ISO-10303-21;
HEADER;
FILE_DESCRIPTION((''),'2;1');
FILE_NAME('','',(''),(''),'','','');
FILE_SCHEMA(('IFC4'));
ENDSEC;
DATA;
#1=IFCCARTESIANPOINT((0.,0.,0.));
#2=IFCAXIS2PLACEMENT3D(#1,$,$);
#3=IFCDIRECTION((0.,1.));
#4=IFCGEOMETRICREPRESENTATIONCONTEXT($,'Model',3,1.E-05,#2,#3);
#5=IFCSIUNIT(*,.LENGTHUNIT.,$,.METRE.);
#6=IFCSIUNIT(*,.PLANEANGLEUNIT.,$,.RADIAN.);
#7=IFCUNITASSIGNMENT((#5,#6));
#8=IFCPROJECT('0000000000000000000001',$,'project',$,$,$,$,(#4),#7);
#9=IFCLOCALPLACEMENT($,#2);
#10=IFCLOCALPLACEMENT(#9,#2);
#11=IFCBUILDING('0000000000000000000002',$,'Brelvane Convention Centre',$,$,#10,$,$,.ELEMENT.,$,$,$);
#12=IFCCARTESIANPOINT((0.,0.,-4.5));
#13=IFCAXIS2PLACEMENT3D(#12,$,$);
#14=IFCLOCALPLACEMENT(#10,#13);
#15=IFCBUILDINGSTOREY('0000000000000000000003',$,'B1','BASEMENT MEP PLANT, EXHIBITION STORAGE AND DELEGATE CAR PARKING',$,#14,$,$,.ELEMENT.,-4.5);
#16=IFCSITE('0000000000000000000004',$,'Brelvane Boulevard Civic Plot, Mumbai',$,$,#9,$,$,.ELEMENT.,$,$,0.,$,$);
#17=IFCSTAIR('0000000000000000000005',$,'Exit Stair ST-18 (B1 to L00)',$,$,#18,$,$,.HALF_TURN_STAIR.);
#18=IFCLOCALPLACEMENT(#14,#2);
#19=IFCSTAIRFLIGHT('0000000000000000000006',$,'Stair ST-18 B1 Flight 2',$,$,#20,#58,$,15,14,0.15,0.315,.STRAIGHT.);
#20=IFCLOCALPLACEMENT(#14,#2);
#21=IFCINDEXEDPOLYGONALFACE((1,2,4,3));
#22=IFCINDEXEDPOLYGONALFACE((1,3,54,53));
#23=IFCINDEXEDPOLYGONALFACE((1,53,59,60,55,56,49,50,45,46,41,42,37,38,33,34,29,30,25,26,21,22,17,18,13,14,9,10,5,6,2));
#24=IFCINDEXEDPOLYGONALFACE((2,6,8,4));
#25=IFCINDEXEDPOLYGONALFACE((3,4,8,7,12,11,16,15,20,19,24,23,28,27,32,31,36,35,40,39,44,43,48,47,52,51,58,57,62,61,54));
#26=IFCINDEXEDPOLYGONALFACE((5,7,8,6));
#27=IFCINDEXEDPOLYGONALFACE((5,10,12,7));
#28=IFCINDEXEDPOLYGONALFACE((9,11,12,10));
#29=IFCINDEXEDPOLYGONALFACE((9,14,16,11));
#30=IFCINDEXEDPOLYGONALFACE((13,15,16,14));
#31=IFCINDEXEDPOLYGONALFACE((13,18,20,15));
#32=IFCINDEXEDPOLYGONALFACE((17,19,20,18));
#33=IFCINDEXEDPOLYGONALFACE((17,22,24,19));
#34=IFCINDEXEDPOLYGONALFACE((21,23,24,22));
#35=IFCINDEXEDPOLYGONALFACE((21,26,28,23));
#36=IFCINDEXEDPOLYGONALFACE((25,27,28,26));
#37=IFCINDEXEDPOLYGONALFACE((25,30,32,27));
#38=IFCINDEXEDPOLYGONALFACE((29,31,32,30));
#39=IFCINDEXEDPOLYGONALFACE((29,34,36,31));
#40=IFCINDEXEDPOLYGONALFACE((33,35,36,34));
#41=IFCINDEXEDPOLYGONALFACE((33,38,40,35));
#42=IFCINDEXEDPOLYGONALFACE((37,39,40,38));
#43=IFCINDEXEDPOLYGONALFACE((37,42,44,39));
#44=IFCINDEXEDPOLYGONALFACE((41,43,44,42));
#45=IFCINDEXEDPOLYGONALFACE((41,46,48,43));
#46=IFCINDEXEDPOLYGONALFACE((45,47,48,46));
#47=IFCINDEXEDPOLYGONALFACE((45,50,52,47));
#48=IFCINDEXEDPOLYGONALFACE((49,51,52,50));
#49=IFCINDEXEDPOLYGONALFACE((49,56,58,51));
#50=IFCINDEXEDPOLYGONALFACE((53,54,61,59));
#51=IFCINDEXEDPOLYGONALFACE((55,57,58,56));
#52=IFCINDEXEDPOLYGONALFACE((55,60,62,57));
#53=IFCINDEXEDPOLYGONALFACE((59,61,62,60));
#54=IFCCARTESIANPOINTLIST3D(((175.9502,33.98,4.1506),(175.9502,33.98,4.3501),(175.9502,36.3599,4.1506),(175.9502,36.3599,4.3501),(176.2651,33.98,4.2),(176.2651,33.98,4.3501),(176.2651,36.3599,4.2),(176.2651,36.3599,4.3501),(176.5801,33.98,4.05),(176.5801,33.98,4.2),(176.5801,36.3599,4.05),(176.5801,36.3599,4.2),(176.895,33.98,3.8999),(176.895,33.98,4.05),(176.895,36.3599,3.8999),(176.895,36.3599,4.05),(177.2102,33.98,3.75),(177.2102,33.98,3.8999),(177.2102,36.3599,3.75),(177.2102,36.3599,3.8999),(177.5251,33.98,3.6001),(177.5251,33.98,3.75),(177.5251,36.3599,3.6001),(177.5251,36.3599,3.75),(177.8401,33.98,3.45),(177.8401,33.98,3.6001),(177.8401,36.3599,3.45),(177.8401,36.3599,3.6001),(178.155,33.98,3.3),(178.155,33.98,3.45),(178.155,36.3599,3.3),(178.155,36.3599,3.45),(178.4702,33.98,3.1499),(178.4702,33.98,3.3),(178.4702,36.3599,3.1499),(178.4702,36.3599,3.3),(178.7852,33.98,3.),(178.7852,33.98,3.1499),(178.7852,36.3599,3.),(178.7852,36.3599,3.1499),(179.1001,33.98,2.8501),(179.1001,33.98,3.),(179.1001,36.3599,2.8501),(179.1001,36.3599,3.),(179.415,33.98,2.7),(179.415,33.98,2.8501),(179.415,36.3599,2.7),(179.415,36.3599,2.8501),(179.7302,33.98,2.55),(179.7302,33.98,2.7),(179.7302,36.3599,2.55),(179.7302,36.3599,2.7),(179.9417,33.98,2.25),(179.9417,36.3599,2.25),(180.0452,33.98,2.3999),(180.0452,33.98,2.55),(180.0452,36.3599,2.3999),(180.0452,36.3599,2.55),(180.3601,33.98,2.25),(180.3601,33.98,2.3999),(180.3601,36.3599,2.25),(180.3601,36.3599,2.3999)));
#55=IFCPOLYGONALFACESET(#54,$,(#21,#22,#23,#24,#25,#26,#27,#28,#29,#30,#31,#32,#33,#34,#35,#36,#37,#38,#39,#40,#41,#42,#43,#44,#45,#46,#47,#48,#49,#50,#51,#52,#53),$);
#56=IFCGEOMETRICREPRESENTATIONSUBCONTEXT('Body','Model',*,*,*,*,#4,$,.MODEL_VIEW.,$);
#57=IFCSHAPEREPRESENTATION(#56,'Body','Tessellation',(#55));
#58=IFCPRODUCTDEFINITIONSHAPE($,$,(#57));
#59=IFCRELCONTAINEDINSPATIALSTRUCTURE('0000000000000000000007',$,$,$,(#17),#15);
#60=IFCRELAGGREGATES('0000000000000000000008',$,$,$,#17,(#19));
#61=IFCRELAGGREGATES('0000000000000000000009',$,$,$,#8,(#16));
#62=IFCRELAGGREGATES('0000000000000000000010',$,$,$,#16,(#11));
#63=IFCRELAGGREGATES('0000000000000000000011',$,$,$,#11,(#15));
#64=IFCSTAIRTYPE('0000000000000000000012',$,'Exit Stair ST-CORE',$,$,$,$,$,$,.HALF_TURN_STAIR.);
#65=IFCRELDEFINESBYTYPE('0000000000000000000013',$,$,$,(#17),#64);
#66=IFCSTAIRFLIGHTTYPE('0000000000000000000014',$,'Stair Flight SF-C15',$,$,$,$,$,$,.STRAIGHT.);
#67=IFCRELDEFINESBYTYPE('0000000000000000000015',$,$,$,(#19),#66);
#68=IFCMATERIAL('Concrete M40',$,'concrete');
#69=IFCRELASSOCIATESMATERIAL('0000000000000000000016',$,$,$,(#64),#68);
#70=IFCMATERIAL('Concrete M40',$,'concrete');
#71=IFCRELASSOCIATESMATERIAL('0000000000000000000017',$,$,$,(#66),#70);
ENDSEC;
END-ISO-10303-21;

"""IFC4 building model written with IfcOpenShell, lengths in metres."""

from ifc_helpers import new_model, si_unit, direction, frame, origin, place, context, subcontext, project, spatial, polyline, outline, extrude, material, type_object, element, aggregate, save


model = new_model("IFC4")

# Units and contexts
model_context = context("Model", 3, precision=1e-05, world=origin(), true_north=direction((0.0, 1.0)))
body_context = subcontext(model_context, "Body", "Model", "MODEL_VIEW")
ifc_project = project(units=[si_unit("LENGTHUNIT", "METRE"), si_unit("PLANEANGLEUNIT", "RADIAN")], contexts=[model_context])

# Site, building, storey
site_placement = place(None, origin())
site = spatial("IfcSite", under=ifc_project, at=site_placement, Name="Brelvane Boulevard Civic Plot, Mumbai", CompositionType="ELEMENT", RefElevation=0.0)
building_placement = place(site_placement, origin())
building = spatial("IfcBuilding", under=site, at=building_placement, Name="Brelvane Convention Centre", CompositionType="ELEMENT")
storey_placement = place(building_placement, frame((0.0, 0.0, -4.5)))
storey = spatial("IfcBuildingStorey", under=building, at=storey_placement, Name="B1", Description="BASEMENT MEP PLANT, EXHIBITION STORAGE AND DELEGATE CAR PARKING", CompositionType="ELEMENT", Elevation=-4.5)

# Stair, stair flight
ifc_material_1 = material(Name="Concrete M40", Category="concrete")
stair_type = type_object("IfcStairType", Name="Exit Stair ST-CORE", PredefinedType="HALF_TURN_STAIR", material=ifc_material_1)
stair_placement = place(storey_placement, origin())
stair = element("IfcStair", 1, at=stair_placement, inside=storey, type_object=stair_type, Name="Exit Stair ST-18 (B1 to L00)", PredefinedType="HALF_TURN_STAIR")
ifc_material_2 = material(Name="Concrete M40", Category="concrete")
stair_flight_type = type_object("IfcStairFlightType", Name="Stair Flight SF-C15", PredefinedType="STRAIGHT", material=ifc_material_2)
stair_flight_1_placement = place(storey_placement, frame((180.3601, 35.1699, 2.25), z_axis=(0.0, 0.0, 1.0), x_axis=(-1.0, 0.0, 0.0)))
stair_flight_1 = element("IfcStairFlight", 2, at=stair_flight_1_placement, type_object=stair_flight_type, Name="Stair ST-18 B1 Flight 2", NumberOfRisers=15, NumberOfTreads=14, PredefinedType="STRAIGHT", RiserHeight=0.15, TreadLength=0.315, context=body_context, shape_type="SweptSolid", body=[
    extrude(outline(polyline([(0.0, 0.0), (0.0, 0.1499), (0.3149, 0.1499), (0.3149, 0.3), (0.6299, 0.3), (0.6299, 0.45), (0.9451, 0.45), (0.9451, 0.6001), (1.26, 0.6001), (1.26, 0.75), (1.575, 0.75), (1.575, 0.8999), (1.8899, 0.8999), (1.8899, 1.05), (2.2051, 1.05), (2.2051, 1.2), (2.52, 1.2), (2.52, 1.3501), (2.835, 1.3501), (2.835, 1.5), (3.1499, 1.5), (3.1499, 1.6499), (3.4651, 1.6499), (3.4651, 1.8), (3.78, 1.8), (3.78, 1.95), (4.095, 1.95), (4.095, 2.1001), (4.4099, 2.1001), (4.4099, 2.25), (4.4099, 1.9006), (0.4185, 0.0), (0.0, 0.0)])), frame((0.0, 1.1899, 0.0), z_axis=(0.0, -1.0, 0.0), x_axis=(1.0, 0.0, 0.0)), (0.0, 0.0, 1.0), 2.3799),
])
aggregate(stair, [stair_flight_1])

save(model, "model.ifc")
